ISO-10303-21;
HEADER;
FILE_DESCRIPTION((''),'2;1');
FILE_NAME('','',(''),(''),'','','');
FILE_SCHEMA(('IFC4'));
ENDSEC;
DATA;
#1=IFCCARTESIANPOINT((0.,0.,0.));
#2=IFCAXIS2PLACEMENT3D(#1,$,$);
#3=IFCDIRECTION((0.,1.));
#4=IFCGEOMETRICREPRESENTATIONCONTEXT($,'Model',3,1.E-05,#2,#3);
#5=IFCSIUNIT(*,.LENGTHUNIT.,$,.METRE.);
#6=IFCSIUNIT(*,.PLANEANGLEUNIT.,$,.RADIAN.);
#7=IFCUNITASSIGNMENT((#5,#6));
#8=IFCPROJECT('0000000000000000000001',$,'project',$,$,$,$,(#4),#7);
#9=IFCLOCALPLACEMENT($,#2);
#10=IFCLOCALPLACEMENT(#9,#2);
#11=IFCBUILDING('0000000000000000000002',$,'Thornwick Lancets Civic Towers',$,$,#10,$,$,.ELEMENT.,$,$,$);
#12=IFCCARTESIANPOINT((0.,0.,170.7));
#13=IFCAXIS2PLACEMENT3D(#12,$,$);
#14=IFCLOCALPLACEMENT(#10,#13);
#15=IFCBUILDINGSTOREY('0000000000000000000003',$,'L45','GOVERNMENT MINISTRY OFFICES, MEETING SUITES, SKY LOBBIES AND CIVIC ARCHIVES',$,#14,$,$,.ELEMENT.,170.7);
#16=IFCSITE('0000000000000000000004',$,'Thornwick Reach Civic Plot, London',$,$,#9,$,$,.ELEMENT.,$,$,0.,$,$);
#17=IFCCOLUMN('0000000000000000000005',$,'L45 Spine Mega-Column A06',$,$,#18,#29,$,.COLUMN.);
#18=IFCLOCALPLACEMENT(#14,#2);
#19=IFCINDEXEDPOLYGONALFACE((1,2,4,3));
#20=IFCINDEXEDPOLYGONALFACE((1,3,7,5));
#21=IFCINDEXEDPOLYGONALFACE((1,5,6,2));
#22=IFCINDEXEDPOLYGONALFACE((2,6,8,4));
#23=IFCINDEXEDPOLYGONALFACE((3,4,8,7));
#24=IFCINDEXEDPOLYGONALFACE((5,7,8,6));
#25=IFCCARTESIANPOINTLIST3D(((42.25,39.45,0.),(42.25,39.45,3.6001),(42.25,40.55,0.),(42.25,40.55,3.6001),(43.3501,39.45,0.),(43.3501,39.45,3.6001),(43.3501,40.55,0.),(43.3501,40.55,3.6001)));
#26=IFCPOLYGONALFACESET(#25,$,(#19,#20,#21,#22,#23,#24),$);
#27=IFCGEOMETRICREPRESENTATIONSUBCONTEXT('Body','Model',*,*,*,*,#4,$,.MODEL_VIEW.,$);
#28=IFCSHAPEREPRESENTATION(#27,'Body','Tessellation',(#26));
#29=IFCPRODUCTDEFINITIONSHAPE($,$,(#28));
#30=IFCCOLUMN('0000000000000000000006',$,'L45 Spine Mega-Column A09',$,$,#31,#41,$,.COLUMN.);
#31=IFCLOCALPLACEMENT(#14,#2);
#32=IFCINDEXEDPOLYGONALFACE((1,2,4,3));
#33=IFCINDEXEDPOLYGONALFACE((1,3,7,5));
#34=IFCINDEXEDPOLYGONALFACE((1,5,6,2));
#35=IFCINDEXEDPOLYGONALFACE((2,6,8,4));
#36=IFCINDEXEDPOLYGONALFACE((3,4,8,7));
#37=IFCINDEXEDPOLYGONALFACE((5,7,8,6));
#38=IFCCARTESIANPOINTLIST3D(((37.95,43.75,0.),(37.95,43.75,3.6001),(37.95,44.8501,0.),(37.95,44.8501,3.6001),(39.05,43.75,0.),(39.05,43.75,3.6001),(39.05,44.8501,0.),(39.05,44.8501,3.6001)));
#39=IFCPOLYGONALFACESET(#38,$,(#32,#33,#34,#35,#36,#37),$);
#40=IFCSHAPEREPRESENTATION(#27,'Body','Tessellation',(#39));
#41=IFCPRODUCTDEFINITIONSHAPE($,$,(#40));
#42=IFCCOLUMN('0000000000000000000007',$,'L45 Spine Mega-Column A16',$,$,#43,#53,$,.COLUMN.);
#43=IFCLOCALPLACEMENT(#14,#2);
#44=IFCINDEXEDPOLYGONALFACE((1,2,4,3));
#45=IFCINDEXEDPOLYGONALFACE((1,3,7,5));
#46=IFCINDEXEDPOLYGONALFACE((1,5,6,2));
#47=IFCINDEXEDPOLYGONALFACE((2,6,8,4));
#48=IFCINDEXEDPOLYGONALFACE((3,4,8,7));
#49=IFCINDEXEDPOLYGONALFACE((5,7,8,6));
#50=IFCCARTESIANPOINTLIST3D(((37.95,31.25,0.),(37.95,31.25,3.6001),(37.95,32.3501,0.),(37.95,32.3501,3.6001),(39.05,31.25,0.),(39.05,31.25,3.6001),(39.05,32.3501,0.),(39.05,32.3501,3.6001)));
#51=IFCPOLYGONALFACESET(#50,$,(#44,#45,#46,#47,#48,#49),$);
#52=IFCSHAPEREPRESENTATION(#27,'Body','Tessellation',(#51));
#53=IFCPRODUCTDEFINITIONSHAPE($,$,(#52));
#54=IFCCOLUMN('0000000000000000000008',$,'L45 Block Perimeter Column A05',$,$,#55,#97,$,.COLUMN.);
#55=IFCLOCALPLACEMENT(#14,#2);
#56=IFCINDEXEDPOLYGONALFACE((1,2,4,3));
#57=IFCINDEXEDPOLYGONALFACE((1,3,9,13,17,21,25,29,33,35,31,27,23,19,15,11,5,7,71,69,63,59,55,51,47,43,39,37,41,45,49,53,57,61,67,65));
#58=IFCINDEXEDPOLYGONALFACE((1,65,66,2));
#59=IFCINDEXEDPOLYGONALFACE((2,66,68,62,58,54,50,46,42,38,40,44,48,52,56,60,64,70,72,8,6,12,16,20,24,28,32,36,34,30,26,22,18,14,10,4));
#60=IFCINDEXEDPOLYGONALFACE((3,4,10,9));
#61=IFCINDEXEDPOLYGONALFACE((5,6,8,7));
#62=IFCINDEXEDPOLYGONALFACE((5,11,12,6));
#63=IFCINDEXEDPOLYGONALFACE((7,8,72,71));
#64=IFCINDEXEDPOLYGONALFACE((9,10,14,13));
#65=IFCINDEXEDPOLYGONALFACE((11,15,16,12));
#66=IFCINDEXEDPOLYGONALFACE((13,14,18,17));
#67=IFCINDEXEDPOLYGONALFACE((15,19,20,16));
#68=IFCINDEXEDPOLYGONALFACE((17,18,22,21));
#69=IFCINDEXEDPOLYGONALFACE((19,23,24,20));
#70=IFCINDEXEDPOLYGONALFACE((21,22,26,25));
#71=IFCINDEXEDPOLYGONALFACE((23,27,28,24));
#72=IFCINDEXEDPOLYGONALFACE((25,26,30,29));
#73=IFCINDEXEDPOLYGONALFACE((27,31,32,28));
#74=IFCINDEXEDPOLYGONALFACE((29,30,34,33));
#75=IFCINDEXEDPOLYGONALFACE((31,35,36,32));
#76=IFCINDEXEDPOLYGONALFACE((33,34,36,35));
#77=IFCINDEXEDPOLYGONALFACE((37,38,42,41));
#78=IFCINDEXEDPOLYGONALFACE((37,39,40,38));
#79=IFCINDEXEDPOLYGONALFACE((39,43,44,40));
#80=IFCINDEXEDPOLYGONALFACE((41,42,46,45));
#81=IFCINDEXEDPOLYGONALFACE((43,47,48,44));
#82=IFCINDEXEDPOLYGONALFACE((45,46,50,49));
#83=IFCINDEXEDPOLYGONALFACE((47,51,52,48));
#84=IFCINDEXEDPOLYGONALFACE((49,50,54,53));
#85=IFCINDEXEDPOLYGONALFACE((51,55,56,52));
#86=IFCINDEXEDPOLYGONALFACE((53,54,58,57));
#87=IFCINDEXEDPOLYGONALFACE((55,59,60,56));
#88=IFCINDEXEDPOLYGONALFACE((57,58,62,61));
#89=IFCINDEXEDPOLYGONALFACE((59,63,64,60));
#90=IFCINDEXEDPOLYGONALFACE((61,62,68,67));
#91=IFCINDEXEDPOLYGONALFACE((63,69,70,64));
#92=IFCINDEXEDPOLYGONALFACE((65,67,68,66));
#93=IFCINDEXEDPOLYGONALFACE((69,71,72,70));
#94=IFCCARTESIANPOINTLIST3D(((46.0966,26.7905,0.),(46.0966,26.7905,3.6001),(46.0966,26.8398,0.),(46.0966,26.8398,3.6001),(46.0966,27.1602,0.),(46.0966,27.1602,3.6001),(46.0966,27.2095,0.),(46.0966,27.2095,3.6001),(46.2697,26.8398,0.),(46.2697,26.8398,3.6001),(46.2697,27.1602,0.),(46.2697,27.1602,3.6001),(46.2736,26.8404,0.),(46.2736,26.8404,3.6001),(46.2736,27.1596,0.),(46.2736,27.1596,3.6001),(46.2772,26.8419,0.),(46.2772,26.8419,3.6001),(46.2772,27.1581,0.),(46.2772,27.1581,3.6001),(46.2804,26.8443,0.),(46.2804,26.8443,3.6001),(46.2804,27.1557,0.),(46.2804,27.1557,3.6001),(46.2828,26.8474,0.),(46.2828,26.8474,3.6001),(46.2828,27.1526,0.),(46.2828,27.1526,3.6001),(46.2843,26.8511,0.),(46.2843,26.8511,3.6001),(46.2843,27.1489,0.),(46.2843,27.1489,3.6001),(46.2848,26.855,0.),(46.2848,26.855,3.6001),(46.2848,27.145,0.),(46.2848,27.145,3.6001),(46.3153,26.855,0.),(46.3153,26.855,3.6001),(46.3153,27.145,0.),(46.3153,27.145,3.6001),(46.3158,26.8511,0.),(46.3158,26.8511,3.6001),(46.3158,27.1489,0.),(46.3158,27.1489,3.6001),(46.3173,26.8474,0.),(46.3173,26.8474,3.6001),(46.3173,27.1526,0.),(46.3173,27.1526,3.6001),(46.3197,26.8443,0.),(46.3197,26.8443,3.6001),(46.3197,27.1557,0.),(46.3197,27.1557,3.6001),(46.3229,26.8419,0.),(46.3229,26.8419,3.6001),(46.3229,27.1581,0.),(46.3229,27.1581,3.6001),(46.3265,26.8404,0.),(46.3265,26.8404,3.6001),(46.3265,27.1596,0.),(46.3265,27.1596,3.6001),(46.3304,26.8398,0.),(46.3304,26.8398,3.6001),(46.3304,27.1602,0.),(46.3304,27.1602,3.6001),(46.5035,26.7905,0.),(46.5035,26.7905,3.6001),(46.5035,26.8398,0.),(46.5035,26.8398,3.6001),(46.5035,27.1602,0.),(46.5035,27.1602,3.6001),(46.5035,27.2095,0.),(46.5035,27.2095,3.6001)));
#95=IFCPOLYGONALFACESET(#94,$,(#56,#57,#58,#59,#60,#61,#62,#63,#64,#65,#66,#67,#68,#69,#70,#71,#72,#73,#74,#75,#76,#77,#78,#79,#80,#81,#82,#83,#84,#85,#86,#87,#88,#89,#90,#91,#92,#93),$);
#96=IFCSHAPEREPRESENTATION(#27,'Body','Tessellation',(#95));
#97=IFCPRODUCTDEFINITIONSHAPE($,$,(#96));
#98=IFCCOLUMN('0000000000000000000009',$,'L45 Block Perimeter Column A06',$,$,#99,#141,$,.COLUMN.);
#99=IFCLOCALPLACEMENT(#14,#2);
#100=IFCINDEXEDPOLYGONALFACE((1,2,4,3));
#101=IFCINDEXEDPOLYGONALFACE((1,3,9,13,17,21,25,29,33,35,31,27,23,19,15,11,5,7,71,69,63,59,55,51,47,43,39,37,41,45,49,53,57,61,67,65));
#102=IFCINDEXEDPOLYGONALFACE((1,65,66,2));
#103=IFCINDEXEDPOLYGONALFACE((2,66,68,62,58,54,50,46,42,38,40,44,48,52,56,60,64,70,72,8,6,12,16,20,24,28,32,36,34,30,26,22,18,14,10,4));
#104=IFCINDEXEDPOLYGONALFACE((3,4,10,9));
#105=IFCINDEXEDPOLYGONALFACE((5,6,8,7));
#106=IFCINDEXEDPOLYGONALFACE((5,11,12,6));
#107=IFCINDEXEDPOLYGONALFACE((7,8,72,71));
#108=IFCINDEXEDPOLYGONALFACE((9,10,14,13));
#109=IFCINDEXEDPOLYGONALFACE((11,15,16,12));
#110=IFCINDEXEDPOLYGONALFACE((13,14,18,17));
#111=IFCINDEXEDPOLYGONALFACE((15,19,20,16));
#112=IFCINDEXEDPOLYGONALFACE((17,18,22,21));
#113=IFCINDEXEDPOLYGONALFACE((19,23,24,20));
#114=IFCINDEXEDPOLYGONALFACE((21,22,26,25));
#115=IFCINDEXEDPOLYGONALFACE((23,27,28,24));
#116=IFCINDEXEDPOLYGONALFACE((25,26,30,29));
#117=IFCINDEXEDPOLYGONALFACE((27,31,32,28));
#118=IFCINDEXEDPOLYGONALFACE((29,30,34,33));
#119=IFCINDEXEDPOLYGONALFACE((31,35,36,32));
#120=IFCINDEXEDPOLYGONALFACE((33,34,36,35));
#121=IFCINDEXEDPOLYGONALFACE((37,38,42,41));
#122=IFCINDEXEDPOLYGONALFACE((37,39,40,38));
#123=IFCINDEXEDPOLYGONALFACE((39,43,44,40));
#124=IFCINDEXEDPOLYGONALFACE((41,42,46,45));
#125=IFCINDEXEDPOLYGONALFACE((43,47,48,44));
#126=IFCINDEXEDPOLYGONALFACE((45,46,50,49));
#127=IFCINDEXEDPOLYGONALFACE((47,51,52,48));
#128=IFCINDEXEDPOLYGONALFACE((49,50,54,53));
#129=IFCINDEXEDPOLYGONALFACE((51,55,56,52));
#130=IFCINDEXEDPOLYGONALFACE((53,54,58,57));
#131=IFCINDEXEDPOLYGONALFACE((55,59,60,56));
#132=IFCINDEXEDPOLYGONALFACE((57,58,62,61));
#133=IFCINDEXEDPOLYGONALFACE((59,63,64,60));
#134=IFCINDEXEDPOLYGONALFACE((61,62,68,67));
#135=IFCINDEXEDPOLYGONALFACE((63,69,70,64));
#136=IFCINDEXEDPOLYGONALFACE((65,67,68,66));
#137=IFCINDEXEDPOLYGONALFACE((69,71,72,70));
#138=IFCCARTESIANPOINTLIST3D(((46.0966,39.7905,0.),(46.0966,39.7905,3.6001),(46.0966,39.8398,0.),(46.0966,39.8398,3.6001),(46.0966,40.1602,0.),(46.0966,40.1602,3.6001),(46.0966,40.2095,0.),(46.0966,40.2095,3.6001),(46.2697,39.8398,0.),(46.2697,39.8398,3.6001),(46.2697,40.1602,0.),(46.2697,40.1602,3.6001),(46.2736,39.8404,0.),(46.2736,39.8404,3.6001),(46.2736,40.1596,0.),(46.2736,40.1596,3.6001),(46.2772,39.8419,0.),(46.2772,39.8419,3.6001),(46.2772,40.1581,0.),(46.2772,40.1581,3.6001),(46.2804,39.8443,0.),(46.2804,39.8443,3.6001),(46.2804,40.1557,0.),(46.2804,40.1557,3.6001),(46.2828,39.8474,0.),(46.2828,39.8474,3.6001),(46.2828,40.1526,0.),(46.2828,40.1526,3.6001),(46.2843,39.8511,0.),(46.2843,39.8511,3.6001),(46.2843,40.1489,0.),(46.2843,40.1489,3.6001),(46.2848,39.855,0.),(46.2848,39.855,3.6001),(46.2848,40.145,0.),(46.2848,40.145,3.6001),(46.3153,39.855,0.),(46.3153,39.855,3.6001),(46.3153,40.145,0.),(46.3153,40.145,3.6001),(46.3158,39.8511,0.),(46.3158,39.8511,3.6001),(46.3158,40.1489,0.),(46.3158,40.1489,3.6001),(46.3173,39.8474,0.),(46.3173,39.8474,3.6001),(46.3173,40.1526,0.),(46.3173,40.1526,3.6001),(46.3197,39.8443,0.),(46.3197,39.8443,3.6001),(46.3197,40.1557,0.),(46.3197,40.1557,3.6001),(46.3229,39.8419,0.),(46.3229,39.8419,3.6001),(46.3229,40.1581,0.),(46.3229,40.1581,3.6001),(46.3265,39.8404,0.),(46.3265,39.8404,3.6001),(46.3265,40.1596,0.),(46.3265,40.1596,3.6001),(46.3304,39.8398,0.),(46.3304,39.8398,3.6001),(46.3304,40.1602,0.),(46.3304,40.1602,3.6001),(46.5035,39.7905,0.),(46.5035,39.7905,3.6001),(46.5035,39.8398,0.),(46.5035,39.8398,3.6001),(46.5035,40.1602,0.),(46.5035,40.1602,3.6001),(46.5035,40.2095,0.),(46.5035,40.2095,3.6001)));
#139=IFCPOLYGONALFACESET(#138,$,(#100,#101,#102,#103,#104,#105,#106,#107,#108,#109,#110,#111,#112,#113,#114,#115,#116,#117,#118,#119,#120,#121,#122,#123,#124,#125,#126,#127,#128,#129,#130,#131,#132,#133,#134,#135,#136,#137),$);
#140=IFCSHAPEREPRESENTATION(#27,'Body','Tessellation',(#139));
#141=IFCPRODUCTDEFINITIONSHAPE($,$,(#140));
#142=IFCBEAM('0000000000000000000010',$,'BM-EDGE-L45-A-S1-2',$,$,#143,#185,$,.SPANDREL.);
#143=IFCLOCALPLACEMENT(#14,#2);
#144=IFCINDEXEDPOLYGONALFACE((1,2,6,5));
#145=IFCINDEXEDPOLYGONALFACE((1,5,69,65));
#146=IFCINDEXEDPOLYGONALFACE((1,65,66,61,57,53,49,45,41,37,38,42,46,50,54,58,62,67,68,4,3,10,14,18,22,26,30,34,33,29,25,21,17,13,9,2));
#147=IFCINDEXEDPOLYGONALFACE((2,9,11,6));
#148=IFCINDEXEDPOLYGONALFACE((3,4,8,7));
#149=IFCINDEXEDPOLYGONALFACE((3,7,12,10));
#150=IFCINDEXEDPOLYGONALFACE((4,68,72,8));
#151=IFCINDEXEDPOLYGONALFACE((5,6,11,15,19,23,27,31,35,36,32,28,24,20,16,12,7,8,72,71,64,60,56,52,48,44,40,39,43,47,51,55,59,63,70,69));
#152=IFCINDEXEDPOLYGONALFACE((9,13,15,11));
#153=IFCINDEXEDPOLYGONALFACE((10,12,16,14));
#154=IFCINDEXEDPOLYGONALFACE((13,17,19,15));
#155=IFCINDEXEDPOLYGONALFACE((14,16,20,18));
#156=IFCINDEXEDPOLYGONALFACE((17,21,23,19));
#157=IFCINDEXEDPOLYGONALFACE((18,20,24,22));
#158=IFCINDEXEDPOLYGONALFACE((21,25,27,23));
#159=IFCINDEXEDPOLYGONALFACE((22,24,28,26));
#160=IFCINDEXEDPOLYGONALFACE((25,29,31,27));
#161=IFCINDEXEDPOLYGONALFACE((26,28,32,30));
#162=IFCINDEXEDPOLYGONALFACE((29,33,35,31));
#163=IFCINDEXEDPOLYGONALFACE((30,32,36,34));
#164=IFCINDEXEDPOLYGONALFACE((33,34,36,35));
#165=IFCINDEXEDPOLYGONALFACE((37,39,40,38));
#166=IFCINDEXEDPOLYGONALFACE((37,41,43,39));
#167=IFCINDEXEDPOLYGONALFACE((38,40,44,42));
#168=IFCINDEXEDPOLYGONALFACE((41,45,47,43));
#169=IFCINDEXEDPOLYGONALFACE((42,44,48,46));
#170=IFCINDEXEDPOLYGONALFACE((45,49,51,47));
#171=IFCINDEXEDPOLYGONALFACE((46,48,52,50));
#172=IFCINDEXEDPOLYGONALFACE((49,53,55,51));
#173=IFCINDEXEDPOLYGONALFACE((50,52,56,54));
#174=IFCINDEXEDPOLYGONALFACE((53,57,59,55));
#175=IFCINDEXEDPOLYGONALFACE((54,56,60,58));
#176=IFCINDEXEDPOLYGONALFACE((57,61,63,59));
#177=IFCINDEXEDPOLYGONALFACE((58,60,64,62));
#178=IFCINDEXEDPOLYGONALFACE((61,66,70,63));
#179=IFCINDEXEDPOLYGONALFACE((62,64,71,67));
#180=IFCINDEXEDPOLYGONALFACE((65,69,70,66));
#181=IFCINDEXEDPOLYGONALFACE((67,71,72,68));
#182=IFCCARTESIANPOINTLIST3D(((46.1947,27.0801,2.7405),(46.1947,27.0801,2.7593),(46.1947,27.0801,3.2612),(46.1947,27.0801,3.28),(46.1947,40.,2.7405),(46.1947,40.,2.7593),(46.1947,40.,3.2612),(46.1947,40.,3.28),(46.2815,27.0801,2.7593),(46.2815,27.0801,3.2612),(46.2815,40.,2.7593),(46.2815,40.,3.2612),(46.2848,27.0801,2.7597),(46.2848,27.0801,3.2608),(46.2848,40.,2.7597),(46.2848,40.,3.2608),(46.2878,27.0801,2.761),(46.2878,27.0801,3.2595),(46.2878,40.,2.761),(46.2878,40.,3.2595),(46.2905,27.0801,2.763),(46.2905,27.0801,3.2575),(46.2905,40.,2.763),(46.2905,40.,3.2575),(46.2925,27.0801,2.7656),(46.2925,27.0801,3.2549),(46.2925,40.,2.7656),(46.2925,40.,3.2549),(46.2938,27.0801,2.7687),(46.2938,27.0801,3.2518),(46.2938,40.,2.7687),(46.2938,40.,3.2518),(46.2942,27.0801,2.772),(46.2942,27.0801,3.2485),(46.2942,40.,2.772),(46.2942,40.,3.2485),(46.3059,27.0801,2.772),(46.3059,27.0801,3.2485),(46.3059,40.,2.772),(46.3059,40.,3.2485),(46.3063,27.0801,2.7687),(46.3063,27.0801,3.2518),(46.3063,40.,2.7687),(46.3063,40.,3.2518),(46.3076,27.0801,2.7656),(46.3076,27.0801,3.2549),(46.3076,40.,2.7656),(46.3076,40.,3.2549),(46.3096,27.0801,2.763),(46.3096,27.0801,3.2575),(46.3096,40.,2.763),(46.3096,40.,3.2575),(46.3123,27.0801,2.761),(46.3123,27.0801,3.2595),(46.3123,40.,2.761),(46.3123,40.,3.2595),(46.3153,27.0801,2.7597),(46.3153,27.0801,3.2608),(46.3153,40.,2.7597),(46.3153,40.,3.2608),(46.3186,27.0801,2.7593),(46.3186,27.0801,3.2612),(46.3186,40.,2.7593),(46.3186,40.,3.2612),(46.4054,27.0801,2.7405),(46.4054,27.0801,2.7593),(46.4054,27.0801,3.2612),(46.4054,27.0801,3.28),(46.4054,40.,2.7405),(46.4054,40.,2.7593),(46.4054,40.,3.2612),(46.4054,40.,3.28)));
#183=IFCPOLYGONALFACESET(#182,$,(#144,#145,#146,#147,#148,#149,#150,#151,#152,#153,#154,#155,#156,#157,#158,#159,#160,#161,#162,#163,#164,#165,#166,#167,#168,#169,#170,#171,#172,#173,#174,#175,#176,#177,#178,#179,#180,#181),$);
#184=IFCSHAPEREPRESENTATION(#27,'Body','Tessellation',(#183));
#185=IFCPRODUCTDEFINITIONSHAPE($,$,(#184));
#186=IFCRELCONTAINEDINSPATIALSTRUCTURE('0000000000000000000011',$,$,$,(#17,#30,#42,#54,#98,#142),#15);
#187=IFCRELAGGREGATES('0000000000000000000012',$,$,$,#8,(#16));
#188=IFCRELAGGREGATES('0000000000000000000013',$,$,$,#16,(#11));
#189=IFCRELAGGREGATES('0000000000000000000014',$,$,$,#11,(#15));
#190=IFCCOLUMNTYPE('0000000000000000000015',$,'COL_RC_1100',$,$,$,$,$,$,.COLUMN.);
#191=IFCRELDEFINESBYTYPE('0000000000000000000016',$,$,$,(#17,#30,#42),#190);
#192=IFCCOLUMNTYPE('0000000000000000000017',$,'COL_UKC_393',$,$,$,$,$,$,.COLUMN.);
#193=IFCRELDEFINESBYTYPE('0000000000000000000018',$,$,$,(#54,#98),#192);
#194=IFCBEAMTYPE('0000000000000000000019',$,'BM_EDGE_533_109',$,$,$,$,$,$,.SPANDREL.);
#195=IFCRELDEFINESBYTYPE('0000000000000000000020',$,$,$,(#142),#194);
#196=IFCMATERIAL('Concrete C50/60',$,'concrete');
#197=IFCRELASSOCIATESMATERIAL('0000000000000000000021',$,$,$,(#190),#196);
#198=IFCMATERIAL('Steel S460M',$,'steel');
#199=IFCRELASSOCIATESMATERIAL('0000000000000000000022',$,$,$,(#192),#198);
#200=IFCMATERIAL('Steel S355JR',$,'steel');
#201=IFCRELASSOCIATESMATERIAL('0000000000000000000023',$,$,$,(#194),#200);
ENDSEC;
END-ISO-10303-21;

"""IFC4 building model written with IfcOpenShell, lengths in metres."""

from ifc_helpers import new_model, si_unit, direction, frame, origin, origin_2d, place, context, subcontext, project, spatial, rectangle, i_section, extrude, material, material_profile, profile_set, type_object, element, save


model = new_model("IFC4")

# Units and contexts
model_context = context("Model", 3, precision=1e-05, world=origin(), true_north=direction((0.0, 1.0)))
body_context = subcontext(model_context, "Body", "Model", "MODEL_VIEW")
ifc_project = project(units=[si_unit("LENGTHUNIT", "METRE"), si_unit("PLANEANGLEUNIT", "RADIAN")], contexts=[model_context])

# Site, building, storey
site_placement = place(None, origin())
site = spatial("IfcSite", under=ifc_project, at=site_placement, Name="Thornwick Reach Civic Plot, London", CompositionType="ELEMENT", RefElevation=0.0)
building_placement = place(site_placement, origin())
building = spatial("IfcBuilding", under=site, at=building_placement, Name="Thornwick Lancets Civic Towers", CompositionType="ELEMENT")
storey_placement = place(building_placement, frame((0.0, 0.0, 170.7)))
storey = spatial("IfcBuildingStorey", under=building, at=storey_placement, Name="L45", Description="GOVERNMENT MINISTRY OFFICES, MEETING SUITES, SKY LOBBIES AND CIVIC ARCHIVES", CompositionType="ELEMENT", Elevation=170.7)

# Columns
ifc_material_1 = material(Name="Concrete C50/60", Category="concrete")
ifc_material_profile_1 = material_profile(ifc_material_1, rectangle(XDim=1.1001, YDim=1.1001, at=origin_2d()), Name="RC 1100x1100")
ifc_profile_set_1 = profile_set([ifc_material_profile_1], Name="Concrete C50/60")
column_type_1 = type_object("IfcColumnType", Name="COL_RC_1100", PredefinedType="COLUMN", material=ifc_profile_set_1)
for number, where, z_axis, x_axis, name in (
    (1, (42.8, 40.0, 0.0), (0.0, 0.0, 1.0), (1.0, 0.0, 0.0), "L45 Spine Mega-Column A06"),
    (2, (38.5, 44.3, 0.0), (0.0, 0.0, 1.0), (1.0, 0.0, 0.0), "L45 Spine Mega-Column A09"),
    (3, (38.5, 31.8, 0.0), (0.0, 0.0, 1.0), (1.0, 0.0, 0.0), "L45 Spine Mega-Column A16"),
):
    element("IfcColumn", number, at=place(storey_placement, frame(where, z_axis=z_axis, x_axis=x_axis)), inside=storey, type_object=column_type_1, Name=name, PredefinedType="COLUMN", context=body_context, shape_type="SweptSolid", body=[
        extrude(rectangle(XDim=1.1001, YDim=1.1001, at=origin_2d()), origin(), (0.0, 0.0, 1.0), 3.6001),
    ])
ifc_material_2 = material(Name="Steel S460M", Category="steel")
ifc_material_profile_2 = material_profile(ifc_material_2, i_section(OverallWidth=0.407, OverallDepth=0.4189, WebThickness=0.0305, FlangeThickness=0.0493, FilletRadius=0.0151, at=origin_2d()), Name="UKC 356x406x393")
ifc_profile_set_2 = profile_set([ifc_material_profile_2], Name="Steel S460M")
column_type_2 = type_object("IfcColumnType", Name="COL_UKC_393", PredefinedType="COLUMN", material=ifc_profile_set_2)
for number, where, z_axis, x_axis, name in (
    (4, (46.3, 27.0, 0.0), (0.0, 0.0, 1.0), (1.0, 0.0, 0.0), "L45 Block Perimeter Column A05"),
    (5, (46.3, 40.0, 0.0), (0.0, 0.0, 1.0), (1.0, 0.0, 0.0), "L45 Block Perimeter Column A06"),
):
    element("IfcColumn", number, at=place(storey_placement, frame(where, z_axis=z_axis, x_axis=x_axis)), inside=storey, type_object=column_type_2, Name=name, PredefinedType="COLUMN", context=body_context, shape_type="SweptSolid", body=[
        extrude(i_section(OverallWidth=0.407, OverallDepth=0.4189, WebThickness=0.0305, FlangeThickness=0.0493, FilletRadius=0.0151, at=origin_2d()), origin(), (0.0, 0.0, 1.0), 3.6001),
    ])

# Beam
ifc_material_3 = material(Name="Steel S355JR", Category="steel")
ifc_material_profile_3 = material_profile(ifc_material_3, i_section(OverallWidth=0.2107, OverallDepth=0.5396, WebThickness=0.0117, FlangeThickness=0.0188, FilletRadius=0.0127, at=origin_2d()), Name="UKB 533x210x109")
ifc_profile_set_3 = profile_set([ifc_material_profile_3], Name="Steel S355JR")
beam_type_1 = type_object("IfcBeamType", Name="BM_EDGE_533_109", PredefinedType="SPANDREL", material=ifc_profile_set_3)
beam_1_placement = place(storey_placement, frame((46.3, 27.0801, 3.0103), z_axis=(0.0, 1.0, 0.0), x_axis=(-1.0, 0.0, 0.0)))
element("IfcBeam", 6, at=beam_1_placement, inside=storey, type_object=beam_type_1, Name="BM-EDGE-L45-A-S1-2", PredefinedType="SPANDREL", context=body_context, shape_type="SweptSolid", body=[
    extrude(i_section(OverallWidth=0.2107, OverallDepth=0.5396, WebThickness=0.0117, FlangeThickness=0.0188, FilletRadius=0.0127, at=origin_2d()), origin(), (0.0, 0.0, 1.0), 12.9199),
])

save(model, "model.ifc")
